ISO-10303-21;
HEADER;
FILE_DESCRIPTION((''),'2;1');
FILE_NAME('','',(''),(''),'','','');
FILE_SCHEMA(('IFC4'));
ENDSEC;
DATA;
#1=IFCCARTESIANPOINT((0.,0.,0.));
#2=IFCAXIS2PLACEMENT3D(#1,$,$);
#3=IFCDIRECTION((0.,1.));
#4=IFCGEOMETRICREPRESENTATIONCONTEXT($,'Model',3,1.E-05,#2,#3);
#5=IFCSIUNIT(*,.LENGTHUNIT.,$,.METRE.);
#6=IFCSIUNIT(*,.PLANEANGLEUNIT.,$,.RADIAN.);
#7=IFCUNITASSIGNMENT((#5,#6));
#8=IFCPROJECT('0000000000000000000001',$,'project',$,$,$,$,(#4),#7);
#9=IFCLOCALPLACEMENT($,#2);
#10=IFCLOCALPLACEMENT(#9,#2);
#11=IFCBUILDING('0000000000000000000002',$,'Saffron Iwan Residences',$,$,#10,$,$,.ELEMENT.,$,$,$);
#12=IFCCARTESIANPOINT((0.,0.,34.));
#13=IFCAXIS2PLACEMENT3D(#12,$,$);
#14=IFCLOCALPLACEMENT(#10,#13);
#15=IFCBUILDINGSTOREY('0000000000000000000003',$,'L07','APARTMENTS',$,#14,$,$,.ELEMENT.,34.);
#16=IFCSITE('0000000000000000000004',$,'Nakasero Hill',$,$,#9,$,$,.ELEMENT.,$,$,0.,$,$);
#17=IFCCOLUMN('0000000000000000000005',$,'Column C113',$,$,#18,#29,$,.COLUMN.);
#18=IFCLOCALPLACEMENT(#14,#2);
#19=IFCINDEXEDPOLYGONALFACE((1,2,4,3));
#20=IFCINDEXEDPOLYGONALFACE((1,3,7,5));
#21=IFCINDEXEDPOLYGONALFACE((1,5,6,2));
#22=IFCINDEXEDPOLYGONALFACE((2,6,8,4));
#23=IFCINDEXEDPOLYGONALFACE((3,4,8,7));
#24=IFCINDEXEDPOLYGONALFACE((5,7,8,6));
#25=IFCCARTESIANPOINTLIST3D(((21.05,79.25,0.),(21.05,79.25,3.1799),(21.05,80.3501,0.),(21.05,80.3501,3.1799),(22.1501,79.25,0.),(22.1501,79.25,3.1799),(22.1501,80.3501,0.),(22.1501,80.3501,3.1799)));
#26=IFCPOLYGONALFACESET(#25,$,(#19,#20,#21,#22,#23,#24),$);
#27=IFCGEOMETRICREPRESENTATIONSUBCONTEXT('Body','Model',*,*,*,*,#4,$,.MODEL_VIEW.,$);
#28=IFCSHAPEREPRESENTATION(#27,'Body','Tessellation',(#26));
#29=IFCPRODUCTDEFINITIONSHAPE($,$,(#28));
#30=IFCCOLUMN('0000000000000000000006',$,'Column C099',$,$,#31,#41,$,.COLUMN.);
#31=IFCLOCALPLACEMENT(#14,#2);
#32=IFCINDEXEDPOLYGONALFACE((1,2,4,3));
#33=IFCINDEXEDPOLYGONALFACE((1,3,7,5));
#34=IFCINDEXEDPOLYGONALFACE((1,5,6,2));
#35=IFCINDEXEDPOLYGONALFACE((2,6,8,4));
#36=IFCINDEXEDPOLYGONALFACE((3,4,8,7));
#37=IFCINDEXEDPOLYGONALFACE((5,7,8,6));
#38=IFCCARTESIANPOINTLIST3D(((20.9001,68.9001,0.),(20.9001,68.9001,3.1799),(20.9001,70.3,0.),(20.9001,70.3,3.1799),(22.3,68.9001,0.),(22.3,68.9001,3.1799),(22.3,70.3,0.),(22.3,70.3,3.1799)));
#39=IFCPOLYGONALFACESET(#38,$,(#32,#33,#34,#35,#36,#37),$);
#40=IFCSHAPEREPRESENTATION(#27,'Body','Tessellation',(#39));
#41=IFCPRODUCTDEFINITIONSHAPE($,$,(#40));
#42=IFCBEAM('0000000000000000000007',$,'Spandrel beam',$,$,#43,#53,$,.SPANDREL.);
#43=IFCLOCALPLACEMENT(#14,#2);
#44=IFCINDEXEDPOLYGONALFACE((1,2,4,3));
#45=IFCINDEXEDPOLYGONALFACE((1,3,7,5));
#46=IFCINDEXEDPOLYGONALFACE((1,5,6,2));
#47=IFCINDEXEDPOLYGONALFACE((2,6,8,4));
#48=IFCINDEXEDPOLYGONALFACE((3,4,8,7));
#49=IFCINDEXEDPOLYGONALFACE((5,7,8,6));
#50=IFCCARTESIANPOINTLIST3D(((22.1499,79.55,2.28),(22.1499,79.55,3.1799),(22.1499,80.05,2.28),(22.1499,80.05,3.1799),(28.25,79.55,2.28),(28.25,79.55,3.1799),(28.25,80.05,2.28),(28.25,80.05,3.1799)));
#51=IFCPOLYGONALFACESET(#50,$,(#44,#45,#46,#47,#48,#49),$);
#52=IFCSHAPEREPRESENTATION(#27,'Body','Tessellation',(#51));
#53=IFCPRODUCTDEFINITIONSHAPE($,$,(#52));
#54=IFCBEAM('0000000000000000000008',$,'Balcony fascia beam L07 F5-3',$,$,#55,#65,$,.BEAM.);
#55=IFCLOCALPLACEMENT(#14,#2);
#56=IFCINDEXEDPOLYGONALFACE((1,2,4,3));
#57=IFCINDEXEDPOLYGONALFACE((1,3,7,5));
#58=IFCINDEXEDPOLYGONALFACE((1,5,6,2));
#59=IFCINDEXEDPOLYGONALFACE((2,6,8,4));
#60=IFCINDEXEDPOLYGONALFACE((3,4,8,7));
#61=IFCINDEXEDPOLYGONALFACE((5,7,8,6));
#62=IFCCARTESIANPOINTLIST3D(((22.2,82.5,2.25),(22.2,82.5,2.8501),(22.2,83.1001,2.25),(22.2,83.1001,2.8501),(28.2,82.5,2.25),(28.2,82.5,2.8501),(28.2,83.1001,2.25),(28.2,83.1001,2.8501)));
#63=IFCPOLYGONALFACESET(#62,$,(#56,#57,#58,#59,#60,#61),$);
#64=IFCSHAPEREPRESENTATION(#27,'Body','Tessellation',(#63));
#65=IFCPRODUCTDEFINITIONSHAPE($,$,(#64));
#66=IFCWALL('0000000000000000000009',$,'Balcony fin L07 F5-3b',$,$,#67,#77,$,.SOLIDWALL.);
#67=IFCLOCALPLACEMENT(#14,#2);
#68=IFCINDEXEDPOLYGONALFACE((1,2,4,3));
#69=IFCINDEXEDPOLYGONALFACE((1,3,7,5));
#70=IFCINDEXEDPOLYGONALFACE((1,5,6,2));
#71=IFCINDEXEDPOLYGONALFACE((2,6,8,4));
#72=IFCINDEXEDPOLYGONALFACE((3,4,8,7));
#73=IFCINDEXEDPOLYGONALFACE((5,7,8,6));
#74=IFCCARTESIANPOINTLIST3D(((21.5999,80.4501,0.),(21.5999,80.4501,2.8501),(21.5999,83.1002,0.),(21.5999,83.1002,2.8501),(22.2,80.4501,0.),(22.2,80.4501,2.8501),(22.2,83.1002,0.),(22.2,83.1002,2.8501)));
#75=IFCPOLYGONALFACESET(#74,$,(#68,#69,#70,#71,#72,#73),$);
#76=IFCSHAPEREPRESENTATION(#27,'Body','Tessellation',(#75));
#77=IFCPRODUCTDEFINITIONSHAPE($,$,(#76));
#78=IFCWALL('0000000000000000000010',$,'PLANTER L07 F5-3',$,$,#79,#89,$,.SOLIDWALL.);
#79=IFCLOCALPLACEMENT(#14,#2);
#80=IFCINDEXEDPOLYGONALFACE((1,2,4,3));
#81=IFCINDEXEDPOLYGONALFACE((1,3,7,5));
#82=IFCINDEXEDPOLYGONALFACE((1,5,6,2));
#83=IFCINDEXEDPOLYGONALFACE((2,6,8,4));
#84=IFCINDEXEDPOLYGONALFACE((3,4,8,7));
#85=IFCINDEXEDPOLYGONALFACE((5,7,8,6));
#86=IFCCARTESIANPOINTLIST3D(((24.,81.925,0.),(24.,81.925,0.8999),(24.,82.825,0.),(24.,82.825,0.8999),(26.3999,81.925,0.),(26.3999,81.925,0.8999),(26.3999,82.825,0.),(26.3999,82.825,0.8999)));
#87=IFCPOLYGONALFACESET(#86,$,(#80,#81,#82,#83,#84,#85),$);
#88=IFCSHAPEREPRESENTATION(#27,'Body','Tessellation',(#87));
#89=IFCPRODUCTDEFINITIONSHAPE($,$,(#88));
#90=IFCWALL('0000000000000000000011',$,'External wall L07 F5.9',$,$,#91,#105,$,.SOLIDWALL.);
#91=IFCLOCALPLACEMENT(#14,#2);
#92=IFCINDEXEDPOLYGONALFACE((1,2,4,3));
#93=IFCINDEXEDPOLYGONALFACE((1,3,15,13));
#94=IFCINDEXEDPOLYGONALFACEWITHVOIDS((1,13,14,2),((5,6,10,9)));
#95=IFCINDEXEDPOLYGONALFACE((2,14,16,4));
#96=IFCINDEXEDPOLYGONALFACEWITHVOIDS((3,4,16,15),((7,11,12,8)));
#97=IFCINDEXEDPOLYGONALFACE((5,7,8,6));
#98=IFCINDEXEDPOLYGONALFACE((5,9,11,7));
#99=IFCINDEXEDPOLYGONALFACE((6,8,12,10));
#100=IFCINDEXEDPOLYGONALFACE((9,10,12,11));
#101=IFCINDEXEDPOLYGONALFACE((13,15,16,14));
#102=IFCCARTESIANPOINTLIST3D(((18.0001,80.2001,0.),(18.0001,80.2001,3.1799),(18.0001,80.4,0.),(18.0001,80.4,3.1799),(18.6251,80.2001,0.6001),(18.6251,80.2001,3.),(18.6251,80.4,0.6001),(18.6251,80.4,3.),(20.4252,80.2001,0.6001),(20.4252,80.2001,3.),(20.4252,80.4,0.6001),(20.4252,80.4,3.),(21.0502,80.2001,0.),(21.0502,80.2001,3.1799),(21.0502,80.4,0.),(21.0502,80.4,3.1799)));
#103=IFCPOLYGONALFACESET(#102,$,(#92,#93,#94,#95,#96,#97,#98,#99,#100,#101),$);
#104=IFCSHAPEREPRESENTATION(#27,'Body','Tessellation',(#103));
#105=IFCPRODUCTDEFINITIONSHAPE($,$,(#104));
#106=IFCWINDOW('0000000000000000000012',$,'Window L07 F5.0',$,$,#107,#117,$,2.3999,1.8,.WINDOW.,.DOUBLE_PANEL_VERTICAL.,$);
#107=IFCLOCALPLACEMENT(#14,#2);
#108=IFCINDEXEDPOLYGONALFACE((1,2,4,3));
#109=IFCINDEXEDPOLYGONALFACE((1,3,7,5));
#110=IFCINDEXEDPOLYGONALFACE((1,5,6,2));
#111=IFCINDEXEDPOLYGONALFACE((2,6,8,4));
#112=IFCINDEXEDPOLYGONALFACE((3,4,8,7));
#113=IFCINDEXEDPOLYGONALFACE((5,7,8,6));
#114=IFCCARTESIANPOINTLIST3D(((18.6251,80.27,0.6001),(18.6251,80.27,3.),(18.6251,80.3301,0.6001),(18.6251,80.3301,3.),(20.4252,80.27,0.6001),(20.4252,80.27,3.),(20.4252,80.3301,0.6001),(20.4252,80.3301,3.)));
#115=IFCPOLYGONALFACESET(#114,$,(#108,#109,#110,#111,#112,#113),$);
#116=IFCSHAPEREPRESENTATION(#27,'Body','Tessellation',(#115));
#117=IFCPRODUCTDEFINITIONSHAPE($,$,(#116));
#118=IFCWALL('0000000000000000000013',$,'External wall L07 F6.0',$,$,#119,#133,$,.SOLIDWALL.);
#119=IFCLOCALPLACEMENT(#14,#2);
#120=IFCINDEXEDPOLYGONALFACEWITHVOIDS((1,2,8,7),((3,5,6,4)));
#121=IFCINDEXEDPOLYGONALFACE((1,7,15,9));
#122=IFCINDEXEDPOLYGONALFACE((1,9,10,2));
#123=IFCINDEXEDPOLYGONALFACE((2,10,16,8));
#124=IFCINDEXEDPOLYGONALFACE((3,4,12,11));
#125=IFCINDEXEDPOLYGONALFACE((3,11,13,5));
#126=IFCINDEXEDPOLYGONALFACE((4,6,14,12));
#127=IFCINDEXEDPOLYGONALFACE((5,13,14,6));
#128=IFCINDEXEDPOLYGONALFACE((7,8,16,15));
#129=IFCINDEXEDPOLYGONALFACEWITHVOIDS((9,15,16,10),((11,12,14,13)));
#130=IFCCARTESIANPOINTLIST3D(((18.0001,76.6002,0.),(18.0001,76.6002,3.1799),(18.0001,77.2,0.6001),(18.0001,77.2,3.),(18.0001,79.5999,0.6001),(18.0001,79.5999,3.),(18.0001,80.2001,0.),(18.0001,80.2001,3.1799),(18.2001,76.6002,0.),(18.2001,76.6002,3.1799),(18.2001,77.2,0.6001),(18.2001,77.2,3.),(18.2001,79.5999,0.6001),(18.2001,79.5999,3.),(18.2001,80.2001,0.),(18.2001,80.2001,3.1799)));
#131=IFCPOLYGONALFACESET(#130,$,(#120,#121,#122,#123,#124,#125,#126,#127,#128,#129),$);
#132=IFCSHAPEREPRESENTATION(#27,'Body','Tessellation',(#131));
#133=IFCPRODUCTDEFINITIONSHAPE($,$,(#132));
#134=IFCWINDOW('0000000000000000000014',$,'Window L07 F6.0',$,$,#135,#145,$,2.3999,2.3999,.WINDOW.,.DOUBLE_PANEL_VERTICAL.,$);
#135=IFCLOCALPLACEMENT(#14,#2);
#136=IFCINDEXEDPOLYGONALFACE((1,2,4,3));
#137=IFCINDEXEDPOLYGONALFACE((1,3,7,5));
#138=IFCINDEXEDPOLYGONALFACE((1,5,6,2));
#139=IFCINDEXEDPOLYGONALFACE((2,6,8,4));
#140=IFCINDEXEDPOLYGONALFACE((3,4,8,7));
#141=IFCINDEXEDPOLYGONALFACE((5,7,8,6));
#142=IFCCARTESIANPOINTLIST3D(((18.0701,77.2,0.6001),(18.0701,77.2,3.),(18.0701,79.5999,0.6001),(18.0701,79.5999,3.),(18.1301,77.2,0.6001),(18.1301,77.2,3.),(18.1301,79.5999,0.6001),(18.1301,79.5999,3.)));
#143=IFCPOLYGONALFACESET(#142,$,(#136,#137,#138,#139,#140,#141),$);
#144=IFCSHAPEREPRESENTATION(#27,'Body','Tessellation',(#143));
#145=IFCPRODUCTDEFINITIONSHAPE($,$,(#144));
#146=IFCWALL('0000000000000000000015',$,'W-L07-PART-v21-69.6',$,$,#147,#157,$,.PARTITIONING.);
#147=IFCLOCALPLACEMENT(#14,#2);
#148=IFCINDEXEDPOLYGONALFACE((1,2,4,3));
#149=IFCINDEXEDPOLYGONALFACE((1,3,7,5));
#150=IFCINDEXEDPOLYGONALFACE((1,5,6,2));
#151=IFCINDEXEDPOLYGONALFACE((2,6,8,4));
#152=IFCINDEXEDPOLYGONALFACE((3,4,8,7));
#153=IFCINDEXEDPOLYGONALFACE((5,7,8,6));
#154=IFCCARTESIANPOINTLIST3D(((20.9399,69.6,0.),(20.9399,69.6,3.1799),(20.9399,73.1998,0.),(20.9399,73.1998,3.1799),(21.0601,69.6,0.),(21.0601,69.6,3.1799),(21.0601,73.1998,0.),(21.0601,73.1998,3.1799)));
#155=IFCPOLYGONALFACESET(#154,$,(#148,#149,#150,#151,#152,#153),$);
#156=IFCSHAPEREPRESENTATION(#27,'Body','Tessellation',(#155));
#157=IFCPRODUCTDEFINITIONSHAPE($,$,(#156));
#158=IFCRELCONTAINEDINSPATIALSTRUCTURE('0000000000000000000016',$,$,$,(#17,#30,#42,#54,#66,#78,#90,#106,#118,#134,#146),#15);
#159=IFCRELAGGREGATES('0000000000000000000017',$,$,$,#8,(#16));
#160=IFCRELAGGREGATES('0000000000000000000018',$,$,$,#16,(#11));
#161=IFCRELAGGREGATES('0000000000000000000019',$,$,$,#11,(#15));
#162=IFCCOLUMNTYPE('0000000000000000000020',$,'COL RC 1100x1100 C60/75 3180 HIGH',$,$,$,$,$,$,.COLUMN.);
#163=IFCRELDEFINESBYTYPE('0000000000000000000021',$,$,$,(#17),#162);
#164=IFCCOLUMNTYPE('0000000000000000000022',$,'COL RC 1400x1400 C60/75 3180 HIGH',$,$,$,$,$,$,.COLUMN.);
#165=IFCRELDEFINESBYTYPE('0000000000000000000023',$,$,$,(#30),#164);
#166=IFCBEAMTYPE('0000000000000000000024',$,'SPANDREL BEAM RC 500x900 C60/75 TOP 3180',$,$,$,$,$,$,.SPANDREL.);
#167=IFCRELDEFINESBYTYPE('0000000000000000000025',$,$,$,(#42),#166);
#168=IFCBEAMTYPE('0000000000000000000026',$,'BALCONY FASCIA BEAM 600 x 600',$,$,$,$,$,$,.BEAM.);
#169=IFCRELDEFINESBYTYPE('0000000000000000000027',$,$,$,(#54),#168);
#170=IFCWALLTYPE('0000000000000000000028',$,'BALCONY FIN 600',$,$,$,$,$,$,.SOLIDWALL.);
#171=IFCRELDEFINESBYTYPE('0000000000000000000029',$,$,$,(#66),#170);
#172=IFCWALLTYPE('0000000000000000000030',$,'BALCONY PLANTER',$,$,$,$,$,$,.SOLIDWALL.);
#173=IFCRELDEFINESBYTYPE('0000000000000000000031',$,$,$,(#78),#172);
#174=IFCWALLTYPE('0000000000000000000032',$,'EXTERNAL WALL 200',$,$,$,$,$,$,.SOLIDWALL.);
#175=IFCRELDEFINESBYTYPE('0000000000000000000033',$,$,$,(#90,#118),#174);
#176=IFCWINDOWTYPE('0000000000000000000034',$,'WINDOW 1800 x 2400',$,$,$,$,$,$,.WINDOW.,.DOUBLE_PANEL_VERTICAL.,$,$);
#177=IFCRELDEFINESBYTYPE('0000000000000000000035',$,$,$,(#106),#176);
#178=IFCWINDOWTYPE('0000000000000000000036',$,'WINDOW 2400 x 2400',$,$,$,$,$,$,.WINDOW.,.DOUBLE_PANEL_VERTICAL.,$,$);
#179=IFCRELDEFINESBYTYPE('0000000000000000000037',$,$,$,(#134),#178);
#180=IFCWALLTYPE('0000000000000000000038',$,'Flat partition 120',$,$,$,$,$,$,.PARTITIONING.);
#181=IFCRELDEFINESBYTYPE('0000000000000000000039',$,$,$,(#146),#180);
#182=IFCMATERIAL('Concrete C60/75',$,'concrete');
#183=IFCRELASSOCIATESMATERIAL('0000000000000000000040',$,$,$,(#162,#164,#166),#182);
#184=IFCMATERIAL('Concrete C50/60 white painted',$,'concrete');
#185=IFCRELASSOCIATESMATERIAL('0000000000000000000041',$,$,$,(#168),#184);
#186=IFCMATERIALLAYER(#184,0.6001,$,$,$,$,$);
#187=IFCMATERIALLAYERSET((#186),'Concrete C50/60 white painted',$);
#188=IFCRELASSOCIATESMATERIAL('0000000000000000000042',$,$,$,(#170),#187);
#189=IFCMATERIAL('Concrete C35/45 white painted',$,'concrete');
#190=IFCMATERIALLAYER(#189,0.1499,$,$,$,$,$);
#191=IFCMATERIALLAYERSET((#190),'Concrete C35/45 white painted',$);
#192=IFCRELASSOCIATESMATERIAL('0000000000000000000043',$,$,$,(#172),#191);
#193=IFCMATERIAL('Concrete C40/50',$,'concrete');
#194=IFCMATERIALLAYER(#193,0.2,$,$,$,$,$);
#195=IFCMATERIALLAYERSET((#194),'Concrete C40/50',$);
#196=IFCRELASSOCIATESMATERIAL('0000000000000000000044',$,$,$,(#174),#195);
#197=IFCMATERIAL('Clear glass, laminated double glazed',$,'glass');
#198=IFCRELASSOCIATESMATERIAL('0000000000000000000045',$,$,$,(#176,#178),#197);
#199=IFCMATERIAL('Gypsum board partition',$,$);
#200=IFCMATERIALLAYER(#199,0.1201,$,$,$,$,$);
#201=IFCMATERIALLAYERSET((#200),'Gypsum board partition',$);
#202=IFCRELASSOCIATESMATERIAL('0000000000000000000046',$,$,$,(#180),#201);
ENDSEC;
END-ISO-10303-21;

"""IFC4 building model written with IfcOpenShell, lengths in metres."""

from ifc_helpers import new_model, si_unit, direction, frame, frame_2d, origin, origin_2d, place, context, subcontext, project, spatial, rectangle, extrude, source, transform, mapped, material, layer, layer_set, material_profile, profile_set, type_object, element, fill, save


model = new_model("IFC4")

# Units and contexts
model_context = context("Model", 3, precision=1e-05, world=origin(), true_north=direction((0.0, 1.0)))
body_context = subcontext(model_context, "Body", "Model", "MODEL_VIEW")
ifc_project = project(units=[si_unit("LENGTHUNIT", "METRE"), si_unit("PLANEANGLEUNIT", "RADIAN")], contexts=[model_context])

# Site, building, storey
site_placement = place(None, origin())
site = spatial("IfcSite", under=ifc_project, at=site_placement, Name="Nakasero Hill", CompositionType="ELEMENT", RefElevation=0.0)
building_placement = place(site_placement, origin())
building = spatial("IfcBuilding", under=site, at=building_placement, Name="Saffron Iwan Residences", CompositionType="ELEMENT")
storey_placement = place(building_placement, frame((0.0, 0.0, 34.0)))
storey = spatial("IfcBuildingStorey", under=building, at=storey_placement, Name="L07", Description="APARTMENTS", CompositionType="ELEMENT", Elevation=34.0)

# Columns
ifc_material_1 = material(Name="Concrete C60/75", Category="concrete")
ifc_material_profile_1 = material_profile(ifc_material_1, rectangle(XDim=1.1001, YDim=1.1001, at=origin_2d()), Name="RC 1100x1100")
ifc_profile_set_1 = profile_set([ifc_material_profile_1], Name="Concrete C60/75")
column_type_1 = type_object("IfcColumnType", Name="COL RC 1100x1100 C60/75 3180 HIGH", PredefinedType="COLUMN", material=ifc_profile_set_1)
shared_shape_1 = source(origin(), body_context, "Body", "SweptSolid", [
    extrude(rectangle(XDim=1.1001, YDim=1.1001, at=origin_2d()), origin(), (0.0, 0.0, 1.0), 3.1799),
])
column_1_placement = place(storey_placement, frame((21.6001, 79.8, 0.0), z_axis=(0.0, 0.0, 1.0), x_axis=(1.0, 0.0, 0.0)))
element("IfcColumn", 1, at=column_1_placement, inside=storey, type_object=column_type_1, Name="Column C113", PredefinedType="COLUMN", context=body_context, shape_type="MappedRepresentation", body=[
    mapped(shared_shape_1, transform((0.0, 0.0, 0.0))),
])
ifc_material_profile_2 = material_profile(ifc_material_1, rectangle(XDim=1.3999, YDim=1.3999, at=origin_2d()), Name="RC 1400x1400")
ifc_profile_set_2 = profile_set([ifc_material_profile_2], Name="Concrete C60/75")
column_type_2 = type_object("IfcColumnType", Name="COL RC 1400x1400 C60/75 3180 HIGH", PredefinedType="COLUMN", material=ifc_profile_set_2)
shared_shape_2 = source(origin(), body_context, "Body", "SweptSolid", [
    extrude(rectangle(XDim=1.3999, YDim=1.3999, at=origin_2d()), origin(), (0.0, 0.0, 1.0), 3.1799),
])
column_2_placement = place(storey_placement, frame((21.6001, 69.6001, 0.0), z_axis=(0.0, 0.0, 1.0), x_axis=(1.0, 0.0, 0.0)))
element("IfcColumn", 2, at=column_2_placement, inside=storey, type_object=column_type_2, Name="Column C099", PredefinedType="COLUMN", context=body_context, shape_type="MappedRepresentation", body=[
    mapped(shared_shape_2, transform((0.0, 0.0, 0.0))),
])

# Beams
ifc_material_profile_3 = material_profile(ifc_material_1, rectangle(XDim=0.5, YDim=0.8999, at=origin_2d()), Name="RC 500x900")
ifc_profile_set_3 = profile_set([ifc_material_profile_3], Name="Concrete C60/75")
beam_type_1 = type_object("IfcBeamType", Name="SPANDREL BEAM RC 500x900 C60/75 TOP 3180", PredefinedType="SPANDREL", material=ifc_profile_set_3)
shared_shape_3 = source(origin(), body_context, "Body", "SweptSolid", [
    extrude(rectangle(XDim=0.5, YDim=0.8999, at=origin_2d()), origin(), (0.0, 0.0, 1.0), 6.1001),
])
beam_1_placement = place(storey_placement, frame((22.1499, 79.8, 2.73), z_axis=(1.0, 0.0, 0.0), x_axis=(0.0, 1.0, 0.0)))
element("IfcBeam", 3, at=beam_1_placement, inside=storey, type_object=beam_type_1, Name="Spandrel beam", PredefinedType="SPANDREL", context=body_context, shape_type="MappedRepresentation", body=[
    mapped(shared_shape_3, transform((0.0, 0.0, 0.0))),
])
ifc_material_2 = material(Name="Concrete C50/60 white painted", Category="concrete")
ifc_material_profile_4 = material_profile(ifc_material_2, rectangle(XDim=0.6001, YDim=0.6001, at=origin_2d()), Name="BALCONY FASCIA BEAM 600 x 600")
ifc_profile_set_4 = profile_set([ifc_material_profile_4], Name="Concrete C50/60 white painted")
beam_type_2 = type_object("IfcBeamType", Name="BALCONY FASCIA BEAM 600 x 600", PredefinedType="BEAM", material=ifc_profile_set_4)
shared_shape_4 = source(origin(), body_context, "Body", "SweptSolid", [
    extrude(rectangle(XDim=0.6001, YDim=0.6001, at=origin_2d()), origin(), (0.0, 0.0, 1.0), 6.0),
])
beam_2_placement = place(storey_placement, frame((28.2, 82.8, 2.55), z_axis=(-1.0, 0.0, 0.0), x_axis=(0.0, -1.0, 0.0)))
element("IfcBeam", 4, at=beam_2_placement, inside=storey, type_object=beam_type_2, Name="Balcony fascia beam L07 F5-3", PredefinedType="BEAM", context=body_context, shape_type="MappedRepresentation", body=[
    mapped(shared_shape_4, transform((0.0, 0.0, 0.0))),
])

# Walls
ifc_layer_1 = layer(ifc_material_2, 0.6001)
ifc_layer_set_1 = layer_set([ifc_layer_1], Name="Concrete C50/60 white painted")
wall_type_1 = type_object("IfcWallType", Name="BALCONY FIN 600", PredefinedType="SOLIDWALL", material=ifc_layer_set_1)
wall_1_placement = place(storey_placement, frame((21.8999, 80.45, 0.0), z_axis=(0.0, 0.0, 1.0), x_axis=(0.0, 1.0, 0.0)))
element("IfcWall", 5, at=wall_1_placement, inside=storey, type_object=wall_type_1, Name="Balcony fin L07 F5-3b", PredefinedType="SOLIDWALL", context=body_context, shape_type="SweptSolid", body=[
    extrude(rectangle(XDim=2.6501, YDim=0.6001, at=frame_2d((1.3252, 0.0))), origin(), (0.0, 0.0, 1.0), 2.8501),
])
ifc_material_3 = material(Name="Concrete C35/45 white painted", Category="concrete")
ifc_layer_2 = layer(ifc_material_3, 0.1499)
ifc_layer_set_2 = layer_set([ifc_layer_2], Name="Concrete C35/45 white painted")
wall_type_2 = type_object("IfcWallType", Name="BALCONY PLANTER", PredefinedType="SOLIDWALL", material=ifc_layer_set_2)
wall_2_placement = place(storey_placement, frame((26.3999, 82.375, 0.0), z_axis=(0.0, 0.0, 1.0), x_axis=(-1.0, 0.0, 0.0)))
element("IfcWall", 6, at=wall_2_placement, inside=storey, type_object=wall_type_2, Name="PLANTER L07 F5-3", PredefinedType="SOLIDWALL", context=body_context, shape_type="SweptSolid", body=[
    extrude(rectangle(XDim=2.3999, YDim=0.8999, at=frame_2d((1.2, 0.0))), origin(), (0.0, 0.0, 1.0), 0.8999),
])

# Shared definitions
ifc_material_4 = material(Name="Concrete C40/50", Category="concrete")
ifc_layer_3 = layer(ifc_material_4, 0.2)
ifc_layer_set_3 = layer_set([ifc_layer_3], Name="Concrete C40/50")
wall_type_3 = type_object("IfcWallType", Name="EXTERNAL WALL 200", PredefinedType="SOLIDWALL", material=ifc_layer_set_3)
ifc_material_5 = material(Name="Clear glass, laminated double glazed", Category="glass")

# Walls, openings, windows
wall_3_placement = place(storey_placement, frame((21.05, 80.3, 0.0), z_axis=(0.0, 0.0, 1.0), x_axis=(-1.0, 0.0, 0.0)))
wall_3 = element("IfcWall", 7, at=wall_3_placement, inside=storey, type_object=wall_type_3, Name="External wall L07 F5.9", PredefinedType="SOLIDWALL", context=body_context, shape_type="SweptSolid", body=[
    extrude(rectangle(XDim=3.05, YDim=0.2, at=frame_2d((1.5249, 0.0))), origin(), (0.0, 0.0, 1.0), 3.1799),
])
opening_1_placement = place(wall_3_placement, frame((0.625, 0.0, 0.6001)))
opening_1 = element("IfcOpeningElement", 8, at=opening_1_placement, cuts=wall_3, PredefinedType="OPENING", context=body_context, shape_type="SweptSolid", body=[
    extrude(rectangle(XDim=1.8, YDim=2.3999, at=frame_2d((0.8999, 1.2))), frame((0.0, 0.1099, 0.0), z_axis=(0.0, -1.0, 0.0), x_axis=(1.0, 0.0, 0.0)), (0.0, 0.0, 1.0), 0.22),
])
window_type_1 = type_object("IfcWindowType", Name="WINDOW 1800 x 2400", PartitioningType="DOUBLE_PANEL_VERTICAL", PredefinedType="WINDOW", material=ifc_material_5)
window_1_placement = place(opening_1_placement, origin())
window_1 = element("IfcWindow", 9, at=window_1_placement, inside=storey, type_object=window_type_1, Name="Window L07 F5.0", OverallHeight=2.3999, OverallWidth=1.8, PartitioningType="DOUBLE_PANEL_VERTICAL", PredefinedType="WINDOW", context=body_context, shape_type="SweptSolid", body=[
    extrude(rectangle(XDim=1.8, YDim=2.3999, at=frame_2d((0.8999, 1.2))), frame((0.0, 0.03, 0.0), z_axis=(0.0, -1.0, 0.0), x_axis=(1.0, 0.0, 0.0)), (0.0, 0.0, 1.0), 0.0601),
])
fill(opening_1, window_1)
wall_4_placement = place(storey_placement, frame((18.1001, 80.2, 0.0), z_axis=(0.0, 0.0, 1.0), x_axis=(0.0, -1.0, 0.0)))
wall_4 = element("IfcWall", 10, at=wall_4_placement, inside=storey, type_object=wall_type_3, Name="External wall L07 F6.0", PredefinedType="SOLIDWALL", context=body_context, shape_type="SweptSolid", body=[
    extrude(rectangle(XDim=3.5999, YDim=0.2, at=frame_2d((1.7998, 0.0))), origin(), (0.0, 0.0, 1.0), 3.1799),
])
opening_2_placement = place(wall_4_placement, frame((0.6001, 0.0, 0.6001)))
opening_2 = element("IfcOpeningElement", 11, at=opening_2_placement, cuts=wall_4, PredefinedType="OPENING", context=body_context, shape_type="SweptSolid", body=[
    extrude(rectangle(XDim=2.3999, YDim=2.3999, at=frame_2d((1.2, 1.2))), frame((0.0, 0.1099, 0.0), z_axis=(0.0, -1.0, 0.0), x_axis=(1.0, 0.0, 0.0)), (0.0, 0.0, 1.0), 0.22),
])
window_type_2 = type_object("IfcWindowType", Name="WINDOW 2400 x 2400", PartitioningType="DOUBLE_PANEL_VERTICAL", PredefinedType="WINDOW", material=ifc_material_5)
window_2_placement = place(opening_2_placement, origin())
window_2 = element("IfcWindow", 12, at=window_2_placement, inside=storey, type_object=window_type_2, Name="Window L07 F6.0", OverallHeight=2.3999, OverallWidth=2.3999, PartitioningType="DOUBLE_PANEL_VERTICAL", PredefinedType="WINDOW", context=body_context, shape_type="SweptSolid", body=[
    extrude(rectangle(XDim=2.3999, YDim=2.3999, at=frame_2d((1.2, 1.2))), frame((0.0, 0.03, 0.0), z_axis=(0.0, -1.0, 0.0), x_axis=(1.0, 0.0, 0.0)), (0.0, 0.0, 1.0), 0.0601),
])
fill(opening_2, window_2)

# Wall
ifc_material_6 = material(Name="Gypsum board partition")
ifc_layer_4 = layer(ifc_material_6, 0.1201)
ifc_layer_set_4 = layer_set([ifc_layer_4], Name="Gypsum board partition")
wall_type_4 = type_object("IfcWallType", Name="Flat partition 120", PredefinedType="PARTITIONING", material=ifc_layer_set_4)
wall_5_placement = place(storey_placement, frame((21.0, 69.6001, 0.0), z_axis=(0.0, 0.0, 1.0), x_axis=(0.0, 1.0, 0.0)))
element("IfcWall", 13, at=wall_5_placement, inside=storey, type_object=wall_type_4, Name="W-L07-PART-v21-69.6", PredefinedType="PARTITIONING", context=body_context, shape_type="SweptSolid", body=[
    extrude(rectangle(XDim=3.5999, YDim=0.1201, at=frame_2d((1.7998, 0.0))), origin(), (0.0, 0.0, 1.0), 3.1799),
])

save(model, "model.ifc")
